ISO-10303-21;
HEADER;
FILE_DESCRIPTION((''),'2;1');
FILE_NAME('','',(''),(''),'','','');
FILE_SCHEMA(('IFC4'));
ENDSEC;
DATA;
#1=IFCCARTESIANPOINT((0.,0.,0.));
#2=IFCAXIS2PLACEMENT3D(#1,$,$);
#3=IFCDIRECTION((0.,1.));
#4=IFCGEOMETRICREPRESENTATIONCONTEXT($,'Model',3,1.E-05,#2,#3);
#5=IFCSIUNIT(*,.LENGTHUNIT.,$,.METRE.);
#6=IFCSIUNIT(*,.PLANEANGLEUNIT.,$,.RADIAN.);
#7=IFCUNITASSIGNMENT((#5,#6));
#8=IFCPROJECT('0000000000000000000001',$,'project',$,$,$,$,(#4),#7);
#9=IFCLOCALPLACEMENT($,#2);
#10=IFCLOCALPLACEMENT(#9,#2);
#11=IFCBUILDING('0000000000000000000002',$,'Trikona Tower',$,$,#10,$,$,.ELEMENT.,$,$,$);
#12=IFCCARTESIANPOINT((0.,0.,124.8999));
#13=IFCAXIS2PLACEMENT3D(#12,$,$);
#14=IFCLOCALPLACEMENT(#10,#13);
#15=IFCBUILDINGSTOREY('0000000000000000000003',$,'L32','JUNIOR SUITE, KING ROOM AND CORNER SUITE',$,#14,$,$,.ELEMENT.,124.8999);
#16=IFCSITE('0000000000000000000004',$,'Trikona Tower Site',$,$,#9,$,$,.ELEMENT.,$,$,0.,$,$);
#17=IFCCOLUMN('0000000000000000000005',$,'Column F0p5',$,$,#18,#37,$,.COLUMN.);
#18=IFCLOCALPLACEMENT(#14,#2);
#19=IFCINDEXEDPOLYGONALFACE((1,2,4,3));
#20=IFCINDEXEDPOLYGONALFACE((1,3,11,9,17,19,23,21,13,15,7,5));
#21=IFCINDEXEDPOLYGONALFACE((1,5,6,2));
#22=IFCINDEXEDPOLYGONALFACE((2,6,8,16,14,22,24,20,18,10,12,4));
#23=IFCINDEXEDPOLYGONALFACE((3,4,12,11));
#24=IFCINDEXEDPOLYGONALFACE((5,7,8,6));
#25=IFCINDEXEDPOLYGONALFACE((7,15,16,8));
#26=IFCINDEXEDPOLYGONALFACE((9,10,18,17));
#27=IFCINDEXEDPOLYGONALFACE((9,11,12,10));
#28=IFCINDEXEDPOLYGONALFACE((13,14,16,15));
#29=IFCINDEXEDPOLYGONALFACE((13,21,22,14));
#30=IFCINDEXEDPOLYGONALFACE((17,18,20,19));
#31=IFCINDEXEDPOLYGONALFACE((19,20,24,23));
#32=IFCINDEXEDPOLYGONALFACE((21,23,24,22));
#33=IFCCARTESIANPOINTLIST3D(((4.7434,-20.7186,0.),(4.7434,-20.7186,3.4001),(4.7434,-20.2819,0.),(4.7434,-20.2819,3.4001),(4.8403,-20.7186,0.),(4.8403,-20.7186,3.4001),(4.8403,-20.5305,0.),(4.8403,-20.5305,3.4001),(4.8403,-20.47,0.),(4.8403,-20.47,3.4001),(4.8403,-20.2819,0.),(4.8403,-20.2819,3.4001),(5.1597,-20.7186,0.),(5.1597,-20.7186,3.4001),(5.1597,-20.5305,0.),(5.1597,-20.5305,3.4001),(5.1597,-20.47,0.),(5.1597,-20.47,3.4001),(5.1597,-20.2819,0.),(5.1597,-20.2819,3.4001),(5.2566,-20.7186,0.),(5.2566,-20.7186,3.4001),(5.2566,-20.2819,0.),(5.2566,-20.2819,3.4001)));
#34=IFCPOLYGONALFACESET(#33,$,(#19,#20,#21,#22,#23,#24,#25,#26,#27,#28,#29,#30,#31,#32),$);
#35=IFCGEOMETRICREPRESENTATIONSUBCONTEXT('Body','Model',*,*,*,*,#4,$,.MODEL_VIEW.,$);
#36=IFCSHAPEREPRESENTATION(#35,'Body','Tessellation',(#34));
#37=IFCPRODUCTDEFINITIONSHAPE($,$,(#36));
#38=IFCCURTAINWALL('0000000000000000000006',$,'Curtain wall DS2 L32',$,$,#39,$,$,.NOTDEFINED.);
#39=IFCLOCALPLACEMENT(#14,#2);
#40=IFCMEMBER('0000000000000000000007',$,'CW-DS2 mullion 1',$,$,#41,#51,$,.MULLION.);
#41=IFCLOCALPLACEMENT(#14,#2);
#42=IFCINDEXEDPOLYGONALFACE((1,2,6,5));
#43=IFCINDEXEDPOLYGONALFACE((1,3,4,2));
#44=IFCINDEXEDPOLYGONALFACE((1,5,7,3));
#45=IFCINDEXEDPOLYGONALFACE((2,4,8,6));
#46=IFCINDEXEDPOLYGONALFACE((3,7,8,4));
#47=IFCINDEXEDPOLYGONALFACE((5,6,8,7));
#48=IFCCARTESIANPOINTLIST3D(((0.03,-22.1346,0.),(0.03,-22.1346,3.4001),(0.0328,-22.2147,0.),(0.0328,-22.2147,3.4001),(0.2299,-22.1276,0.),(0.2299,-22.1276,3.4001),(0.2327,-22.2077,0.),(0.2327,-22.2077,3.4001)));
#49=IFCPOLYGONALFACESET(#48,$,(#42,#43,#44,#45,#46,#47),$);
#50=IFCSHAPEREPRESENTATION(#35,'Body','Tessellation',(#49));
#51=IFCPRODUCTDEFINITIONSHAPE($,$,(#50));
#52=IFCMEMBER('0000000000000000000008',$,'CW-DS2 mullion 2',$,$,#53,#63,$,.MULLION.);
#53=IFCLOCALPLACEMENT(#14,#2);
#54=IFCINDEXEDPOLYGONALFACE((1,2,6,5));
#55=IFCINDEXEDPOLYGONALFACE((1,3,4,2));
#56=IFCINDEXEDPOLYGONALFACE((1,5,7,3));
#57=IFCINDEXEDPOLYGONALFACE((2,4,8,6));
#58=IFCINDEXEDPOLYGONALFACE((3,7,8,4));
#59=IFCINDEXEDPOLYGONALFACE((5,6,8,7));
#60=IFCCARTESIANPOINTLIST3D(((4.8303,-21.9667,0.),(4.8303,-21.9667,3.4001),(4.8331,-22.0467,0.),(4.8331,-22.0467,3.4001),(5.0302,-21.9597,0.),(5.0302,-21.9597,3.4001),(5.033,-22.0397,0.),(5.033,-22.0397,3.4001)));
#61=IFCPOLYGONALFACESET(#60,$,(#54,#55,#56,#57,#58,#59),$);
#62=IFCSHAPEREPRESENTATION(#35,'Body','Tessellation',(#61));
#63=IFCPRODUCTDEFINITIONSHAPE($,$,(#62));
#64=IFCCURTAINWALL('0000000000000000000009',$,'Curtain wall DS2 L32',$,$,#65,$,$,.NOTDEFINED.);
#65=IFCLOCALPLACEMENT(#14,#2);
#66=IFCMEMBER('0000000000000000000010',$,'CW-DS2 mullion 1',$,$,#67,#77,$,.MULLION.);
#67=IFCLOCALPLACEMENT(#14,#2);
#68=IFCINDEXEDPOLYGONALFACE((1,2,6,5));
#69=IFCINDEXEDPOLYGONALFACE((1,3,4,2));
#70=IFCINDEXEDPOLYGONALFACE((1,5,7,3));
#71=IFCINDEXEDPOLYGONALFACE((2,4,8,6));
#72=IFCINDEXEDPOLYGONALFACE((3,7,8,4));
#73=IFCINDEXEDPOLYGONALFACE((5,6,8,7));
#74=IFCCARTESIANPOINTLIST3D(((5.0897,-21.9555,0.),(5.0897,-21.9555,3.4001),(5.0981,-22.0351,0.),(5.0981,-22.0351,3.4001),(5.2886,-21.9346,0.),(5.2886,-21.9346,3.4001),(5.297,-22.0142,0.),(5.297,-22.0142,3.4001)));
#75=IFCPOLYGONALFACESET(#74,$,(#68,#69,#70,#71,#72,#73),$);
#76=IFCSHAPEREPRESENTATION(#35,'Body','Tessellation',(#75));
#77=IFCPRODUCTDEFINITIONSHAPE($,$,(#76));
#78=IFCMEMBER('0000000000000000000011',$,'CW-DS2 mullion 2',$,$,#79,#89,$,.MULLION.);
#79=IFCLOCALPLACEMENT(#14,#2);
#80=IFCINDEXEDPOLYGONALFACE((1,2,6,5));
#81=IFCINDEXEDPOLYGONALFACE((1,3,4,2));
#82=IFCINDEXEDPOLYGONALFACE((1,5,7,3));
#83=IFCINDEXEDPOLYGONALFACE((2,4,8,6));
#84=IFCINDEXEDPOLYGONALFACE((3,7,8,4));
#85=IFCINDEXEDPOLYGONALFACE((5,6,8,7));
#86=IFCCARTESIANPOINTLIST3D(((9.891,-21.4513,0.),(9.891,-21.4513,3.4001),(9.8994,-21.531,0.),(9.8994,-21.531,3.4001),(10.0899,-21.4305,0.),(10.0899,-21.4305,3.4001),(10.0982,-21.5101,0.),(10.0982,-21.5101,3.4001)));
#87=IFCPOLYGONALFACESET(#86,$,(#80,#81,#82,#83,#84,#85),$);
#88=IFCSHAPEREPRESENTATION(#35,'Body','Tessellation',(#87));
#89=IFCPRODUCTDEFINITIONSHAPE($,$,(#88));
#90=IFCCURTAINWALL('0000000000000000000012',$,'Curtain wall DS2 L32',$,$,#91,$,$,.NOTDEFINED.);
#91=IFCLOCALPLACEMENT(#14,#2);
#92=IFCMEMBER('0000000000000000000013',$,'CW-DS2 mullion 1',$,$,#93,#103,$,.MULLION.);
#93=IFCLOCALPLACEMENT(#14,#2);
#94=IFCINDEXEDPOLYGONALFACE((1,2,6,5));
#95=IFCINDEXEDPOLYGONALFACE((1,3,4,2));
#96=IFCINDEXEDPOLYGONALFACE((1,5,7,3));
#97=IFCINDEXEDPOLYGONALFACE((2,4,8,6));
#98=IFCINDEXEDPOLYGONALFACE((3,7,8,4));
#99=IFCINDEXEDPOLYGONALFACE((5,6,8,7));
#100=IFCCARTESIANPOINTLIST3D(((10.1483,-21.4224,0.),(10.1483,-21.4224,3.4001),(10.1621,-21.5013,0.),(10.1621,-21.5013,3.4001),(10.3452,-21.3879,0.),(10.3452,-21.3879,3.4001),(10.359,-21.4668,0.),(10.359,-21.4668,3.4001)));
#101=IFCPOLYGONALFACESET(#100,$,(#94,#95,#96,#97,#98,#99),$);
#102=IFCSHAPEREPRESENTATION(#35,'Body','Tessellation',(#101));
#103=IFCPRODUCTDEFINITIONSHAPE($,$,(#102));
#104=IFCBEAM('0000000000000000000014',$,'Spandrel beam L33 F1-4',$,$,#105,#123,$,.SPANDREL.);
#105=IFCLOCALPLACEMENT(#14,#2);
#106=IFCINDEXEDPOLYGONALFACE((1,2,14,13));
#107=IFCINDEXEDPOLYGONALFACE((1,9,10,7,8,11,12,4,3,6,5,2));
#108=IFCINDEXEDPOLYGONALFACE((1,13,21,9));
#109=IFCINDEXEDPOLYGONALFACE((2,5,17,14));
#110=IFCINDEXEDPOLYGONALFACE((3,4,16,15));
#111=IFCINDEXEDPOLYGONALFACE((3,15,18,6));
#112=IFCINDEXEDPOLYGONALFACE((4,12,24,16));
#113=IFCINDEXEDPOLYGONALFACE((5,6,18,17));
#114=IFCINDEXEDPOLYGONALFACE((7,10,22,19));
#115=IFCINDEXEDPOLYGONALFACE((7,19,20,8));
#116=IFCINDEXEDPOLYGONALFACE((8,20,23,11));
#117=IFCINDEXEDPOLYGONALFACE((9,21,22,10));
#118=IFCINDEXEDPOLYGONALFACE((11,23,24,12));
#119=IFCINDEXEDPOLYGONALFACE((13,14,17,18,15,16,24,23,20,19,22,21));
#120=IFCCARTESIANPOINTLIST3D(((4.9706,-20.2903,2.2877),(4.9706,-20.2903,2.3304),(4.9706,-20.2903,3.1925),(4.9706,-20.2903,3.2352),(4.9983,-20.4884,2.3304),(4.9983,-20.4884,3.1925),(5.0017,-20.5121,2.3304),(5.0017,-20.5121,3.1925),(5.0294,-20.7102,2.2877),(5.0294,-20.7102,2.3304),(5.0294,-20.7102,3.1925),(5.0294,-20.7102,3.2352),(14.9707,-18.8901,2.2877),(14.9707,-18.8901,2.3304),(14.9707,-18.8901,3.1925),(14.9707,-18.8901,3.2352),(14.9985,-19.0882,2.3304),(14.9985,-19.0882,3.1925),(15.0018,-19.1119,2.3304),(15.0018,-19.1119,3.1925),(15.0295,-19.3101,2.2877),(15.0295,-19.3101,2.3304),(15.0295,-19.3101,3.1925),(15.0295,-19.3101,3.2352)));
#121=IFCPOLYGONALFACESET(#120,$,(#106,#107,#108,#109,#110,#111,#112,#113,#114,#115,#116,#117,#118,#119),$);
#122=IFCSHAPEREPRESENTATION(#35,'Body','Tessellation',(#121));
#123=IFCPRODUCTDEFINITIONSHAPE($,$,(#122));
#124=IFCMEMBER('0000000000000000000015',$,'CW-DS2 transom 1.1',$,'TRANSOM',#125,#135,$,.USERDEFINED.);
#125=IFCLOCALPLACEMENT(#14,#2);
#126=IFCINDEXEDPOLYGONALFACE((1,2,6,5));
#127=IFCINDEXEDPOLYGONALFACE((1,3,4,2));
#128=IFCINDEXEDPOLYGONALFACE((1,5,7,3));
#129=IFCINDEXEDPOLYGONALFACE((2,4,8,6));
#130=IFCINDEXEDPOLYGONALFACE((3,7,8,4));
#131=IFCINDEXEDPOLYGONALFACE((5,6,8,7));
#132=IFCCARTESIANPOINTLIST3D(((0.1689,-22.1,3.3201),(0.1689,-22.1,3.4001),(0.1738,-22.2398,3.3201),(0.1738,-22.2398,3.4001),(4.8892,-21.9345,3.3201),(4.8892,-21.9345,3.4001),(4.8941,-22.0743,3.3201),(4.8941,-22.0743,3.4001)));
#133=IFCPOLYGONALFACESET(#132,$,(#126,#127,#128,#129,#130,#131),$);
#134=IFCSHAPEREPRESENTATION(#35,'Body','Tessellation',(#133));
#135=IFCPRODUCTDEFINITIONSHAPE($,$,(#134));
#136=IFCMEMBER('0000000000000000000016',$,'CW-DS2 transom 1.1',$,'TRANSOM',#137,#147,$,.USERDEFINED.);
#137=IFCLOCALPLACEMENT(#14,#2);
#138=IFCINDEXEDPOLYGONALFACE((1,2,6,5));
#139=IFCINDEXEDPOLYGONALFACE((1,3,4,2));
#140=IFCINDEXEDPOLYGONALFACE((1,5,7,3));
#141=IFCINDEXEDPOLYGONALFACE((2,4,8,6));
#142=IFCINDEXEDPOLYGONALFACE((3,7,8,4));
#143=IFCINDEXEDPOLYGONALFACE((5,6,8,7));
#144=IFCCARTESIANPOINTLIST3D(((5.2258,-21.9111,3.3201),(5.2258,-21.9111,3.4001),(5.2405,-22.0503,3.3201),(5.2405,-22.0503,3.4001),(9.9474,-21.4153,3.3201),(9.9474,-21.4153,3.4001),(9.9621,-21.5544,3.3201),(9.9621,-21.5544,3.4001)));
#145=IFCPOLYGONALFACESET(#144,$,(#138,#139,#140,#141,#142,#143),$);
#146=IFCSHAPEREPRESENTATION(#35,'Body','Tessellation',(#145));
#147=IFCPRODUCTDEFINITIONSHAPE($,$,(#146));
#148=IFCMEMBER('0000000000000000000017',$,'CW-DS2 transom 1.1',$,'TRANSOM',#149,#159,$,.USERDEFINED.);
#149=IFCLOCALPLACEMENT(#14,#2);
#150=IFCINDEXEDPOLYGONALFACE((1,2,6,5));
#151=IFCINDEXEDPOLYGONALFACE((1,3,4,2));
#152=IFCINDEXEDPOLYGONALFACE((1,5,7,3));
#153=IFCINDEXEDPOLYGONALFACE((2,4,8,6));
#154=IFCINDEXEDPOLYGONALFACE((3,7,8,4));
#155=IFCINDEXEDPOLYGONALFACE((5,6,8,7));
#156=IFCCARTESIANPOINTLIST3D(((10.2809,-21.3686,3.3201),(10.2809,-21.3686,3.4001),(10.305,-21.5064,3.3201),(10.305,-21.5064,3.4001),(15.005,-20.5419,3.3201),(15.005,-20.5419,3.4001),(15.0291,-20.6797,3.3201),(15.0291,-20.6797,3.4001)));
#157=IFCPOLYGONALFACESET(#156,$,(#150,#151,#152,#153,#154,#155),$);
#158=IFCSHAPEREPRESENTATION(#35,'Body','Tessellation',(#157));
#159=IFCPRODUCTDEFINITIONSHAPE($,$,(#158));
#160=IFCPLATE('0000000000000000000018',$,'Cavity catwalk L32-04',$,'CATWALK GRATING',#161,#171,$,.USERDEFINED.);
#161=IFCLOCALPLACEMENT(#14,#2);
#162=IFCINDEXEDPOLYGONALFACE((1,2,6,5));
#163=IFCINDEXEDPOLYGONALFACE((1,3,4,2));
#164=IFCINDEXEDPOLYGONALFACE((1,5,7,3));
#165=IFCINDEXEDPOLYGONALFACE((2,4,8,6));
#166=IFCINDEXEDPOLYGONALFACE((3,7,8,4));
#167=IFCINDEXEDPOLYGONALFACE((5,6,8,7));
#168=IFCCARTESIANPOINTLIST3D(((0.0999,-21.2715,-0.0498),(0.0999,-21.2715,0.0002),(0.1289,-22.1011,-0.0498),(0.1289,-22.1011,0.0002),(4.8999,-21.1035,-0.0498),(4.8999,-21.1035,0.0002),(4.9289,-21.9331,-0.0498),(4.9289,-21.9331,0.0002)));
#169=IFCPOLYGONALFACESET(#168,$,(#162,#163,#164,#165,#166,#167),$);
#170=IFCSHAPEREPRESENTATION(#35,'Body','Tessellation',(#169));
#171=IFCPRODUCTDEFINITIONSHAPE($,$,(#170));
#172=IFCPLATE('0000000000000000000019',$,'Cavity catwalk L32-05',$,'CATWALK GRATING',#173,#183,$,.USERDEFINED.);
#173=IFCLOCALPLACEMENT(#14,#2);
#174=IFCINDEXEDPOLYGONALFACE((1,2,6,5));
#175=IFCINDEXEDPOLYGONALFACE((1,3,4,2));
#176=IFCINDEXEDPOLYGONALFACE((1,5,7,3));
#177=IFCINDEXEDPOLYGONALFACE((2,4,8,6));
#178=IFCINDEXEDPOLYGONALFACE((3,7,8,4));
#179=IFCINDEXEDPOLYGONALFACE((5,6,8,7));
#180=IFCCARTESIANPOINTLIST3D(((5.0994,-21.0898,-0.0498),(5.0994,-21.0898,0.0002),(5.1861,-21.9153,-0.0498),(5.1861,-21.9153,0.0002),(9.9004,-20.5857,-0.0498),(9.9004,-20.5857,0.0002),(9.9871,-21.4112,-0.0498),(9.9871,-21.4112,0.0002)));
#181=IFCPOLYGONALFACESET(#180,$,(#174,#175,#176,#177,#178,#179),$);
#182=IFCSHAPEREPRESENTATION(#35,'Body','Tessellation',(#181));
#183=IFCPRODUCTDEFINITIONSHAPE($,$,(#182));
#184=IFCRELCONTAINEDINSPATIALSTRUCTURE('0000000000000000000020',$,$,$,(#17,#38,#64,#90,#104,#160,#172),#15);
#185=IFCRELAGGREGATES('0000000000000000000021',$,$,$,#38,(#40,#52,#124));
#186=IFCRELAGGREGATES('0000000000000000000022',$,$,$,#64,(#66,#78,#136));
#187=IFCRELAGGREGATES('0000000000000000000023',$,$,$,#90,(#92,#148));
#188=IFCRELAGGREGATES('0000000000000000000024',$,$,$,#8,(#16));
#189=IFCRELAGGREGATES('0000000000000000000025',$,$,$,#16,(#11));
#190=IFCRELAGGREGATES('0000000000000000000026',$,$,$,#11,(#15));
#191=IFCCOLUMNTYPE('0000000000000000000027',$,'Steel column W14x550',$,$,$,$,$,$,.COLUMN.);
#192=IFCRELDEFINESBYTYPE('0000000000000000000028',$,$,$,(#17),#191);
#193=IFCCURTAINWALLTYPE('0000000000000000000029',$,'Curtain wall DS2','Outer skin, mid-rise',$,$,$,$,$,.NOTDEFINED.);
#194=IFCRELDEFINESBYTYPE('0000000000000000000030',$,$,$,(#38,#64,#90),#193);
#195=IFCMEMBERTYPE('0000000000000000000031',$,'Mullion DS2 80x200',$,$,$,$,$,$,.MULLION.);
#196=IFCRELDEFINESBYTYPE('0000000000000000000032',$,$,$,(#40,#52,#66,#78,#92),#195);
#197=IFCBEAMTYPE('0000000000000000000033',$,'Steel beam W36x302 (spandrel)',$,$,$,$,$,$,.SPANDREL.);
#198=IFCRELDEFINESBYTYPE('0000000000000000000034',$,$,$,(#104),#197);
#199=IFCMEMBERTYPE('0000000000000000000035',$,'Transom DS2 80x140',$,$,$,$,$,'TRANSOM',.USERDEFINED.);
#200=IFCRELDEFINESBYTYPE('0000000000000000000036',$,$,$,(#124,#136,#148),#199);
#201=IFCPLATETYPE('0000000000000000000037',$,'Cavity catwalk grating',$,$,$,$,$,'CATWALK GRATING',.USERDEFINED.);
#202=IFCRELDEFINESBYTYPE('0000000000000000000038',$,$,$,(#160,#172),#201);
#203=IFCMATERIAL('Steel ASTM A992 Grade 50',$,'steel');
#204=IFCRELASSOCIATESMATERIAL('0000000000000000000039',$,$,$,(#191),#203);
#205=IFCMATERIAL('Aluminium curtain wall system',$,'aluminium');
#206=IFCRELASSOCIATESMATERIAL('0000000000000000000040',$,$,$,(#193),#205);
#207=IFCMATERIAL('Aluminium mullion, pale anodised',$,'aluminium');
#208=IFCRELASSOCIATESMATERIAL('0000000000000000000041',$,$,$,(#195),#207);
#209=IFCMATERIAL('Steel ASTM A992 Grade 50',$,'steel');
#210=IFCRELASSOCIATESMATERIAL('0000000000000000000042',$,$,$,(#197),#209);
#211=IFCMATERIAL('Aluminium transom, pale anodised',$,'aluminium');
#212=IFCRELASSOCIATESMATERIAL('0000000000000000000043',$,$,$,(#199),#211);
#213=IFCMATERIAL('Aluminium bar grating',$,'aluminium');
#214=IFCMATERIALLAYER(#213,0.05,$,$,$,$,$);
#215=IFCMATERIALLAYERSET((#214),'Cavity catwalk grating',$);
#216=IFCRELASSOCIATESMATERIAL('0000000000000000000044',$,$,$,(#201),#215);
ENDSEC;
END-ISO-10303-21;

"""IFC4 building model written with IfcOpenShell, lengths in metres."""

from ifc_helpers import new_model, si_unit, direction, frame, origin, origin_2d, place, context, subcontext, project, spatial, rectangle, i_section, extrude, material, layer, layer_set, material_profile, profile_set, type_object, element, aggregate, save


model = new_model("IFC4")

# Units and contexts
model_context = context("Model", 3, precision=1e-05, world=origin(), true_north=direction((0.0, 1.0)))
body_context = subcontext(model_context, "Body", "Model", "MODEL_VIEW")
ifc_project = project(units=[si_unit("LENGTHUNIT", "METRE"), si_unit("PLANEANGLEUNIT", "RADIAN")], contexts=[model_context])

# Site, building, storey
site_placement = place(None, origin())
site = spatial("IfcSite", under=ifc_project, at=site_placement, Name="Trikona Tower Site", CompositionType="ELEMENT", RefElevation=0.0)
building_placement = place(site_placement, origin())
building = spatial("IfcBuilding", under=site, at=building_placement, Name="Trikona Tower", CompositionType="ELEMENT")
storey_placement = place(building_placement, frame((0.0, 0.0, 124.8999)))
storey = spatial("IfcBuildingStorey", under=building, at=storey_placement, Name="L32", Description="JUNIOR SUITE, KING ROOM AND CORNER SUITE", CompositionType="ELEMENT", Elevation=124.8999)

# Column
ifc_material_1 = material(Name="Steel ASTM A992 Grade 50", Category="steel")
ifc_material_profile_1 = material_profile(ifc_material_1, i_section(OverallWidth=0.4368, OverallDepth=0.5132, WebThickness=0.0605, FlangeThickness=0.0969, at=origin_2d()), Name="W14X550")
ifc_profile_set_1 = profile_set([ifc_material_profile_1], Name="Steel ASTM A992 Grade 50")
column_type = type_object("IfcColumnType", Name="Steel column W14x550", PredefinedType="COLUMN", material=ifc_profile_set_1)
column_placement = place(storey_placement, frame((5.0, -20.5002, 0.0), z_axis=(0.0, 0.0, 1.0), x_axis=(0.0, -1.0, 0.0)))
element("IfcColumn", 1, at=column_placement, inside=storey, type_object=column_type, Name="Column F0p5", PredefinedType="COLUMN", context=body_context, shape_type="SweptSolid", body=[
    extrude(i_section(OverallWidth=0.4368, OverallDepth=0.5132, WebThickness=0.0605, FlangeThickness=0.0969, at=origin_2d()), origin(), (0.0, 0.0, 1.0), 3.4001),
])

# Curtain walls, members
ifc_material_2 = material(Name="Aluminium curtain wall system", Category="aluminium")
curtain_wall_type = type_object("IfcCurtainWallType", Name="Curtain wall DS2", Description="Outer skin, mid-rise", PredefinedType="NOTDEFINED", material=ifc_material_2)
curtain_wall_1_placement = place(storey_placement, origin())
curtain_wall_1 = element("IfcCurtainWall", 2, at=curtain_wall_1_placement, inside=storey, type_object=curtain_wall_type, Name="Curtain wall DS2 L32", PredefinedType="NOTDEFINED")
ifc_material_3 = material(Name="Aluminium mullion, pale anodised", Category="aluminium")
ifc_material_profile_2 = material_profile(ifc_material_3, rectangle(XDim=0.0801, YDim=0.2, at=origin_2d()), Name="MUL-DS2")
ifc_profile_set_2 = profile_set([ifc_material_profile_2], Name="Aluminium mullion, pale anodised")
member_type_1 = type_object("IfcMemberType", Name="Mullion DS2 80x200", PredefinedType="MULLION", material=ifc_profile_set_2)
member_1_placement = place(storey_placement, frame((0.1313, -22.1711, 0.0), z_axis=(0.0, 0.0, 1.0), x_axis=(-0.034998, 0.999387, 0.0)))
member_1 = element("IfcMember", 3, at=member_1_placement, type_object=member_type_1, Name="CW-DS2 mullion 1", PredefinedType="MULLION", context=body_context, shape_type="SweptSolid", body=[
    extrude(rectangle(XDim=0.0801, YDim=0.2, at=origin_2d()), origin(), (0.0, 0.0, 1.0), 3.4001),
])
member_2_placement = place(storey_placement, frame((4.9316, -22.0032, 0.0), z_axis=(0.0, 0.0, 1.0), x_axis=(-0.034998, 0.999387, 0.0)))
member_2 = element("IfcMember", 4, at=member_2_placement, type_object=member_type_1, Name="CW-DS2 mullion 2", PredefinedType="MULLION", context=body_context, shape_type="SweptSolid", body=[
    extrude(rectangle(XDim=0.0801, YDim=0.2, at=origin_2d()), origin(), (0.0, 0.0, 1.0), 3.4001),
])
curtain_wall_2_placement = place(storey_placement, origin())
curtain_wall_2 = element("IfcCurtainWall", 5, at=curtain_wall_2_placement, inside=storey, type_object=curtain_wall_type, Name="Curtain wall DS2 L32", PredefinedType="NOTDEFINED")
member_3_placement = place(storey_placement, frame((5.1934, -21.9849, 0.0), z_axis=(0.0, 0.0, 1.0), x_axis=(-0.104433, 0.994532, 0.0)))
member_3 = element("IfcMember", 6, at=member_3_placement, type_object=member_type_1, Name="CW-DS2 mullion 1", PredefinedType="MULLION", context=body_context, shape_type="SweptSolid", body=[
    extrude(rectangle(XDim=0.0801, YDim=0.2, at=origin_2d()), origin(), (0.0, 0.0, 1.0), 3.4001),
])
member_4_placement = place(storey_placement, frame((9.9946, -21.4807, 0.0), z_axis=(0.0, 0.0, 1.0), x_axis=(-0.104433, 0.994532, 0.0)))
member_4 = element("IfcMember", 7, at=member_4_placement, type_object=member_type_1, Name="CW-DS2 mullion 2", PredefinedType="MULLION", context=body_context, shape_type="SweptSolid", body=[
    extrude(rectangle(XDim=0.0801, YDim=0.2, at=origin_2d()), origin(), (0.0, 0.0, 1.0), 3.4001),
])

# Curtain wall, member
curtain_wall_3_placement = place(storey_placement, origin())
curtain_wall_3 = element("IfcCurtainWall", 8, at=curtain_wall_3_placement, inside=storey, type_object=curtain_wall_type, Name="Curtain wall DS2 L32", PredefinedType="NOTDEFINED")
member_5_placement = place(storey_placement, frame((10.2537, -21.4446, 0.0), z_axis=(0.0, 0.0, 1.0), x_axis=(-0.172377, 0.985031, 0.0)))
member_5 = element("IfcMember", 9, at=member_5_placement, type_object=member_type_1, Name="CW-DS2 mullion 1", PredefinedType="MULLION", context=body_context, shape_type="SweptSolid", body=[
    extrude(rectangle(XDim=0.0801, YDim=0.2, at=origin_2d()), origin(), (0.0, 0.0, 1.0), 3.4001),
])

# Beam
ifc_material_4 = material(Name="Steel ASTM A992 Grade 50", Category="steel")
ifc_material_profile_3 = material_profile(ifc_material_4, i_section(OverallWidth=0.4241, OverallDepth=0.9475, WebThickness=0.0239, FlangeThickness=0.0427, at=origin_2d()), Name="W36X302")
ifc_profile_set_3 = profile_set([ifc_material_profile_3], Name="Steel ASTM A992 Grade 50")
beam_type = type_object("IfcBeamType", Name="Steel beam W36x302 (spandrel)", PredefinedType="SPANDREL", material=ifc_profile_set_3)
beam_placement = place(storey_placement, frame((5.0, -20.5002, 2.7615), z_axis=(0.99034, 0.138662, 0.0), x_axis=(-0.138662, 0.99034, 0.0)))
element("IfcBeam", 10, at=beam_placement, inside=storey, type_object=beam_type, Name="Spandrel beam L33 F1-4", PredefinedType="SPANDREL", context=body_context, shape_type="SweptSolid", body=[
    extrude(i_section(OverallWidth=0.4241, OverallDepth=0.9475, WebThickness=0.0239, FlangeThickness=0.0427, at=origin_2d()), origin(), (0.0, 0.0, 1.0), 10.0977),
])

# Members
ifc_material_5 = material(Name="Aluminium transom, pale anodised", Category="aluminium")
ifc_material_profile_4 = material_profile(ifc_material_5, rectangle(XDim=0.1399, YDim=0.0801, at=origin_2d()), Name="TRN-DS2")
ifc_profile_set_4 = profile_set([ifc_material_profile_4], Name="Aluminium transom, pale anodised")
member_type_2 = type_object("IfcMemberType", Name="Transom DS2 80x140", ElementType="TRANSOM", PredefinedType="USERDEFINED", material=ifc_profile_set_4)
member_6_placement = place(storey_placement, frame((0.1714, -22.1699, 3.3601), z_axis=(0.999386, 0.035046, 0.0), x_axis=(-0.035046, 0.999386, 0.0)))
member_6 = element("IfcMember", 11, at=member_6_placement, type_object=member_type_2, Name="CW-DS2 transom 1.1", ObjectType="TRANSOM", PredefinedType="USERDEFINED", context=body_context, shape_type="SweptSolid", body=[
    extrude(rectangle(XDim=0.1399, YDim=0.0801, at=origin_2d()), origin(), (0.0, 0.0, 1.0), 4.7231),
])
member_7_placement = place(storey_placement, frame((5.2332, -21.9807, 3.3601), z_axis=(0.994531, 0.104441, 0.0), x_axis=(-0.104441, 0.994531, 0.0)))
member_7 = element("IfcMember", 12, at=member_7_placement, type_object=member_type_2, Name="CW-DS2 transom 1.1", ObjectType="TRANSOM", PredefinedType="USERDEFINED", context=body_context, shape_type="SweptSolid", body=[
    extrude(rectangle(XDim=0.1399, YDim=0.0801, at=origin_2d()), origin(), (0.0, 0.0, 1.0), 4.7476),
])
member_8_placement = place(storey_placement, frame((10.293, -21.4375, 3.3601), z_axis=(0.985033, 0.172368, 0.0), x_axis=(-0.172368, 0.985033, 0.0)))
member_8 = element("IfcMember", 13, at=member_8_placement, type_object=member_type_2, Name="CW-DS2 transom 1.1", ObjectType="TRANSOM", PredefinedType="USERDEFINED", context=body_context, shape_type="SweptSolid", body=[
    extrude(rectangle(XDim=0.1399, YDim=0.0801, at=origin_2d()), origin(), (0.0, 0.0, 1.0), 4.7959),
])

# Plates
ifc_material_6 = material(Name="Aluminium bar grating", Category="aluminium")
ifc_layer_1 = layer(ifc_material_6, 0.05)
ifc_layer_set_1 = layer_set([ifc_layer_1], Name="Cavity catwalk grating")
plate_type_1 = type_object("IfcPlateType", Name="Cavity catwalk grating", ElementType="CATWALK GRATING", PredefinedType="USERDEFINED", material=ifc_layer_set_1)
plate_1_placement = place(storey_placement, frame((2.5144, -21.6023, -0.0498), z_axis=(0.0, 0.0, 1.0), x_axis=(0.999388, 0.034978, 0.0)))
element("IfcPlate", 14, at=plate_1_placement, inside=storey, type_object=plate_type_1, Name="Cavity catwalk L32-04", ObjectType="CATWALK GRATING", PredefinedType="USERDEFINED", context=body_context, shape_type="SweptSolid", body=[
    extrude(rectangle(XDim=4.803, YDim=0.8301, at=origin_2d()), origin(), (0.0, 0.0, 1.0), 0.05),
])
plate_2_placement = place(storey_placement, frame((7.5432, -21.2505, -0.0498), z_axis=(0.0, 0.0, 1.0), x_axis=(0.994533, 0.104426, 0.0)))
element("IfcPlate", 15, at=plate_2_placement, inside=storey, type_object=plate_type_1, Name="Cavity catwalk L32-05", ObjectType="CATWALK GRATING", PredefinedType="USERDEFINED", context=body_context, shape_type="SweptSolid", body=[
    extrude(rectangle(XDim=4.8274, YDim=0.8301, at=origin_2d()), origin(), (0.0, 0.0, 1.0), 0.05),
])

aggregate(curtain_wall_1, [member_1, member_2, member_6])
aggregate(curtain_wall_2, [member_3, member_4, member_7])
aggregate(curtain_wall_3, [member_5, member_8])

save(model, "model.ifc")
